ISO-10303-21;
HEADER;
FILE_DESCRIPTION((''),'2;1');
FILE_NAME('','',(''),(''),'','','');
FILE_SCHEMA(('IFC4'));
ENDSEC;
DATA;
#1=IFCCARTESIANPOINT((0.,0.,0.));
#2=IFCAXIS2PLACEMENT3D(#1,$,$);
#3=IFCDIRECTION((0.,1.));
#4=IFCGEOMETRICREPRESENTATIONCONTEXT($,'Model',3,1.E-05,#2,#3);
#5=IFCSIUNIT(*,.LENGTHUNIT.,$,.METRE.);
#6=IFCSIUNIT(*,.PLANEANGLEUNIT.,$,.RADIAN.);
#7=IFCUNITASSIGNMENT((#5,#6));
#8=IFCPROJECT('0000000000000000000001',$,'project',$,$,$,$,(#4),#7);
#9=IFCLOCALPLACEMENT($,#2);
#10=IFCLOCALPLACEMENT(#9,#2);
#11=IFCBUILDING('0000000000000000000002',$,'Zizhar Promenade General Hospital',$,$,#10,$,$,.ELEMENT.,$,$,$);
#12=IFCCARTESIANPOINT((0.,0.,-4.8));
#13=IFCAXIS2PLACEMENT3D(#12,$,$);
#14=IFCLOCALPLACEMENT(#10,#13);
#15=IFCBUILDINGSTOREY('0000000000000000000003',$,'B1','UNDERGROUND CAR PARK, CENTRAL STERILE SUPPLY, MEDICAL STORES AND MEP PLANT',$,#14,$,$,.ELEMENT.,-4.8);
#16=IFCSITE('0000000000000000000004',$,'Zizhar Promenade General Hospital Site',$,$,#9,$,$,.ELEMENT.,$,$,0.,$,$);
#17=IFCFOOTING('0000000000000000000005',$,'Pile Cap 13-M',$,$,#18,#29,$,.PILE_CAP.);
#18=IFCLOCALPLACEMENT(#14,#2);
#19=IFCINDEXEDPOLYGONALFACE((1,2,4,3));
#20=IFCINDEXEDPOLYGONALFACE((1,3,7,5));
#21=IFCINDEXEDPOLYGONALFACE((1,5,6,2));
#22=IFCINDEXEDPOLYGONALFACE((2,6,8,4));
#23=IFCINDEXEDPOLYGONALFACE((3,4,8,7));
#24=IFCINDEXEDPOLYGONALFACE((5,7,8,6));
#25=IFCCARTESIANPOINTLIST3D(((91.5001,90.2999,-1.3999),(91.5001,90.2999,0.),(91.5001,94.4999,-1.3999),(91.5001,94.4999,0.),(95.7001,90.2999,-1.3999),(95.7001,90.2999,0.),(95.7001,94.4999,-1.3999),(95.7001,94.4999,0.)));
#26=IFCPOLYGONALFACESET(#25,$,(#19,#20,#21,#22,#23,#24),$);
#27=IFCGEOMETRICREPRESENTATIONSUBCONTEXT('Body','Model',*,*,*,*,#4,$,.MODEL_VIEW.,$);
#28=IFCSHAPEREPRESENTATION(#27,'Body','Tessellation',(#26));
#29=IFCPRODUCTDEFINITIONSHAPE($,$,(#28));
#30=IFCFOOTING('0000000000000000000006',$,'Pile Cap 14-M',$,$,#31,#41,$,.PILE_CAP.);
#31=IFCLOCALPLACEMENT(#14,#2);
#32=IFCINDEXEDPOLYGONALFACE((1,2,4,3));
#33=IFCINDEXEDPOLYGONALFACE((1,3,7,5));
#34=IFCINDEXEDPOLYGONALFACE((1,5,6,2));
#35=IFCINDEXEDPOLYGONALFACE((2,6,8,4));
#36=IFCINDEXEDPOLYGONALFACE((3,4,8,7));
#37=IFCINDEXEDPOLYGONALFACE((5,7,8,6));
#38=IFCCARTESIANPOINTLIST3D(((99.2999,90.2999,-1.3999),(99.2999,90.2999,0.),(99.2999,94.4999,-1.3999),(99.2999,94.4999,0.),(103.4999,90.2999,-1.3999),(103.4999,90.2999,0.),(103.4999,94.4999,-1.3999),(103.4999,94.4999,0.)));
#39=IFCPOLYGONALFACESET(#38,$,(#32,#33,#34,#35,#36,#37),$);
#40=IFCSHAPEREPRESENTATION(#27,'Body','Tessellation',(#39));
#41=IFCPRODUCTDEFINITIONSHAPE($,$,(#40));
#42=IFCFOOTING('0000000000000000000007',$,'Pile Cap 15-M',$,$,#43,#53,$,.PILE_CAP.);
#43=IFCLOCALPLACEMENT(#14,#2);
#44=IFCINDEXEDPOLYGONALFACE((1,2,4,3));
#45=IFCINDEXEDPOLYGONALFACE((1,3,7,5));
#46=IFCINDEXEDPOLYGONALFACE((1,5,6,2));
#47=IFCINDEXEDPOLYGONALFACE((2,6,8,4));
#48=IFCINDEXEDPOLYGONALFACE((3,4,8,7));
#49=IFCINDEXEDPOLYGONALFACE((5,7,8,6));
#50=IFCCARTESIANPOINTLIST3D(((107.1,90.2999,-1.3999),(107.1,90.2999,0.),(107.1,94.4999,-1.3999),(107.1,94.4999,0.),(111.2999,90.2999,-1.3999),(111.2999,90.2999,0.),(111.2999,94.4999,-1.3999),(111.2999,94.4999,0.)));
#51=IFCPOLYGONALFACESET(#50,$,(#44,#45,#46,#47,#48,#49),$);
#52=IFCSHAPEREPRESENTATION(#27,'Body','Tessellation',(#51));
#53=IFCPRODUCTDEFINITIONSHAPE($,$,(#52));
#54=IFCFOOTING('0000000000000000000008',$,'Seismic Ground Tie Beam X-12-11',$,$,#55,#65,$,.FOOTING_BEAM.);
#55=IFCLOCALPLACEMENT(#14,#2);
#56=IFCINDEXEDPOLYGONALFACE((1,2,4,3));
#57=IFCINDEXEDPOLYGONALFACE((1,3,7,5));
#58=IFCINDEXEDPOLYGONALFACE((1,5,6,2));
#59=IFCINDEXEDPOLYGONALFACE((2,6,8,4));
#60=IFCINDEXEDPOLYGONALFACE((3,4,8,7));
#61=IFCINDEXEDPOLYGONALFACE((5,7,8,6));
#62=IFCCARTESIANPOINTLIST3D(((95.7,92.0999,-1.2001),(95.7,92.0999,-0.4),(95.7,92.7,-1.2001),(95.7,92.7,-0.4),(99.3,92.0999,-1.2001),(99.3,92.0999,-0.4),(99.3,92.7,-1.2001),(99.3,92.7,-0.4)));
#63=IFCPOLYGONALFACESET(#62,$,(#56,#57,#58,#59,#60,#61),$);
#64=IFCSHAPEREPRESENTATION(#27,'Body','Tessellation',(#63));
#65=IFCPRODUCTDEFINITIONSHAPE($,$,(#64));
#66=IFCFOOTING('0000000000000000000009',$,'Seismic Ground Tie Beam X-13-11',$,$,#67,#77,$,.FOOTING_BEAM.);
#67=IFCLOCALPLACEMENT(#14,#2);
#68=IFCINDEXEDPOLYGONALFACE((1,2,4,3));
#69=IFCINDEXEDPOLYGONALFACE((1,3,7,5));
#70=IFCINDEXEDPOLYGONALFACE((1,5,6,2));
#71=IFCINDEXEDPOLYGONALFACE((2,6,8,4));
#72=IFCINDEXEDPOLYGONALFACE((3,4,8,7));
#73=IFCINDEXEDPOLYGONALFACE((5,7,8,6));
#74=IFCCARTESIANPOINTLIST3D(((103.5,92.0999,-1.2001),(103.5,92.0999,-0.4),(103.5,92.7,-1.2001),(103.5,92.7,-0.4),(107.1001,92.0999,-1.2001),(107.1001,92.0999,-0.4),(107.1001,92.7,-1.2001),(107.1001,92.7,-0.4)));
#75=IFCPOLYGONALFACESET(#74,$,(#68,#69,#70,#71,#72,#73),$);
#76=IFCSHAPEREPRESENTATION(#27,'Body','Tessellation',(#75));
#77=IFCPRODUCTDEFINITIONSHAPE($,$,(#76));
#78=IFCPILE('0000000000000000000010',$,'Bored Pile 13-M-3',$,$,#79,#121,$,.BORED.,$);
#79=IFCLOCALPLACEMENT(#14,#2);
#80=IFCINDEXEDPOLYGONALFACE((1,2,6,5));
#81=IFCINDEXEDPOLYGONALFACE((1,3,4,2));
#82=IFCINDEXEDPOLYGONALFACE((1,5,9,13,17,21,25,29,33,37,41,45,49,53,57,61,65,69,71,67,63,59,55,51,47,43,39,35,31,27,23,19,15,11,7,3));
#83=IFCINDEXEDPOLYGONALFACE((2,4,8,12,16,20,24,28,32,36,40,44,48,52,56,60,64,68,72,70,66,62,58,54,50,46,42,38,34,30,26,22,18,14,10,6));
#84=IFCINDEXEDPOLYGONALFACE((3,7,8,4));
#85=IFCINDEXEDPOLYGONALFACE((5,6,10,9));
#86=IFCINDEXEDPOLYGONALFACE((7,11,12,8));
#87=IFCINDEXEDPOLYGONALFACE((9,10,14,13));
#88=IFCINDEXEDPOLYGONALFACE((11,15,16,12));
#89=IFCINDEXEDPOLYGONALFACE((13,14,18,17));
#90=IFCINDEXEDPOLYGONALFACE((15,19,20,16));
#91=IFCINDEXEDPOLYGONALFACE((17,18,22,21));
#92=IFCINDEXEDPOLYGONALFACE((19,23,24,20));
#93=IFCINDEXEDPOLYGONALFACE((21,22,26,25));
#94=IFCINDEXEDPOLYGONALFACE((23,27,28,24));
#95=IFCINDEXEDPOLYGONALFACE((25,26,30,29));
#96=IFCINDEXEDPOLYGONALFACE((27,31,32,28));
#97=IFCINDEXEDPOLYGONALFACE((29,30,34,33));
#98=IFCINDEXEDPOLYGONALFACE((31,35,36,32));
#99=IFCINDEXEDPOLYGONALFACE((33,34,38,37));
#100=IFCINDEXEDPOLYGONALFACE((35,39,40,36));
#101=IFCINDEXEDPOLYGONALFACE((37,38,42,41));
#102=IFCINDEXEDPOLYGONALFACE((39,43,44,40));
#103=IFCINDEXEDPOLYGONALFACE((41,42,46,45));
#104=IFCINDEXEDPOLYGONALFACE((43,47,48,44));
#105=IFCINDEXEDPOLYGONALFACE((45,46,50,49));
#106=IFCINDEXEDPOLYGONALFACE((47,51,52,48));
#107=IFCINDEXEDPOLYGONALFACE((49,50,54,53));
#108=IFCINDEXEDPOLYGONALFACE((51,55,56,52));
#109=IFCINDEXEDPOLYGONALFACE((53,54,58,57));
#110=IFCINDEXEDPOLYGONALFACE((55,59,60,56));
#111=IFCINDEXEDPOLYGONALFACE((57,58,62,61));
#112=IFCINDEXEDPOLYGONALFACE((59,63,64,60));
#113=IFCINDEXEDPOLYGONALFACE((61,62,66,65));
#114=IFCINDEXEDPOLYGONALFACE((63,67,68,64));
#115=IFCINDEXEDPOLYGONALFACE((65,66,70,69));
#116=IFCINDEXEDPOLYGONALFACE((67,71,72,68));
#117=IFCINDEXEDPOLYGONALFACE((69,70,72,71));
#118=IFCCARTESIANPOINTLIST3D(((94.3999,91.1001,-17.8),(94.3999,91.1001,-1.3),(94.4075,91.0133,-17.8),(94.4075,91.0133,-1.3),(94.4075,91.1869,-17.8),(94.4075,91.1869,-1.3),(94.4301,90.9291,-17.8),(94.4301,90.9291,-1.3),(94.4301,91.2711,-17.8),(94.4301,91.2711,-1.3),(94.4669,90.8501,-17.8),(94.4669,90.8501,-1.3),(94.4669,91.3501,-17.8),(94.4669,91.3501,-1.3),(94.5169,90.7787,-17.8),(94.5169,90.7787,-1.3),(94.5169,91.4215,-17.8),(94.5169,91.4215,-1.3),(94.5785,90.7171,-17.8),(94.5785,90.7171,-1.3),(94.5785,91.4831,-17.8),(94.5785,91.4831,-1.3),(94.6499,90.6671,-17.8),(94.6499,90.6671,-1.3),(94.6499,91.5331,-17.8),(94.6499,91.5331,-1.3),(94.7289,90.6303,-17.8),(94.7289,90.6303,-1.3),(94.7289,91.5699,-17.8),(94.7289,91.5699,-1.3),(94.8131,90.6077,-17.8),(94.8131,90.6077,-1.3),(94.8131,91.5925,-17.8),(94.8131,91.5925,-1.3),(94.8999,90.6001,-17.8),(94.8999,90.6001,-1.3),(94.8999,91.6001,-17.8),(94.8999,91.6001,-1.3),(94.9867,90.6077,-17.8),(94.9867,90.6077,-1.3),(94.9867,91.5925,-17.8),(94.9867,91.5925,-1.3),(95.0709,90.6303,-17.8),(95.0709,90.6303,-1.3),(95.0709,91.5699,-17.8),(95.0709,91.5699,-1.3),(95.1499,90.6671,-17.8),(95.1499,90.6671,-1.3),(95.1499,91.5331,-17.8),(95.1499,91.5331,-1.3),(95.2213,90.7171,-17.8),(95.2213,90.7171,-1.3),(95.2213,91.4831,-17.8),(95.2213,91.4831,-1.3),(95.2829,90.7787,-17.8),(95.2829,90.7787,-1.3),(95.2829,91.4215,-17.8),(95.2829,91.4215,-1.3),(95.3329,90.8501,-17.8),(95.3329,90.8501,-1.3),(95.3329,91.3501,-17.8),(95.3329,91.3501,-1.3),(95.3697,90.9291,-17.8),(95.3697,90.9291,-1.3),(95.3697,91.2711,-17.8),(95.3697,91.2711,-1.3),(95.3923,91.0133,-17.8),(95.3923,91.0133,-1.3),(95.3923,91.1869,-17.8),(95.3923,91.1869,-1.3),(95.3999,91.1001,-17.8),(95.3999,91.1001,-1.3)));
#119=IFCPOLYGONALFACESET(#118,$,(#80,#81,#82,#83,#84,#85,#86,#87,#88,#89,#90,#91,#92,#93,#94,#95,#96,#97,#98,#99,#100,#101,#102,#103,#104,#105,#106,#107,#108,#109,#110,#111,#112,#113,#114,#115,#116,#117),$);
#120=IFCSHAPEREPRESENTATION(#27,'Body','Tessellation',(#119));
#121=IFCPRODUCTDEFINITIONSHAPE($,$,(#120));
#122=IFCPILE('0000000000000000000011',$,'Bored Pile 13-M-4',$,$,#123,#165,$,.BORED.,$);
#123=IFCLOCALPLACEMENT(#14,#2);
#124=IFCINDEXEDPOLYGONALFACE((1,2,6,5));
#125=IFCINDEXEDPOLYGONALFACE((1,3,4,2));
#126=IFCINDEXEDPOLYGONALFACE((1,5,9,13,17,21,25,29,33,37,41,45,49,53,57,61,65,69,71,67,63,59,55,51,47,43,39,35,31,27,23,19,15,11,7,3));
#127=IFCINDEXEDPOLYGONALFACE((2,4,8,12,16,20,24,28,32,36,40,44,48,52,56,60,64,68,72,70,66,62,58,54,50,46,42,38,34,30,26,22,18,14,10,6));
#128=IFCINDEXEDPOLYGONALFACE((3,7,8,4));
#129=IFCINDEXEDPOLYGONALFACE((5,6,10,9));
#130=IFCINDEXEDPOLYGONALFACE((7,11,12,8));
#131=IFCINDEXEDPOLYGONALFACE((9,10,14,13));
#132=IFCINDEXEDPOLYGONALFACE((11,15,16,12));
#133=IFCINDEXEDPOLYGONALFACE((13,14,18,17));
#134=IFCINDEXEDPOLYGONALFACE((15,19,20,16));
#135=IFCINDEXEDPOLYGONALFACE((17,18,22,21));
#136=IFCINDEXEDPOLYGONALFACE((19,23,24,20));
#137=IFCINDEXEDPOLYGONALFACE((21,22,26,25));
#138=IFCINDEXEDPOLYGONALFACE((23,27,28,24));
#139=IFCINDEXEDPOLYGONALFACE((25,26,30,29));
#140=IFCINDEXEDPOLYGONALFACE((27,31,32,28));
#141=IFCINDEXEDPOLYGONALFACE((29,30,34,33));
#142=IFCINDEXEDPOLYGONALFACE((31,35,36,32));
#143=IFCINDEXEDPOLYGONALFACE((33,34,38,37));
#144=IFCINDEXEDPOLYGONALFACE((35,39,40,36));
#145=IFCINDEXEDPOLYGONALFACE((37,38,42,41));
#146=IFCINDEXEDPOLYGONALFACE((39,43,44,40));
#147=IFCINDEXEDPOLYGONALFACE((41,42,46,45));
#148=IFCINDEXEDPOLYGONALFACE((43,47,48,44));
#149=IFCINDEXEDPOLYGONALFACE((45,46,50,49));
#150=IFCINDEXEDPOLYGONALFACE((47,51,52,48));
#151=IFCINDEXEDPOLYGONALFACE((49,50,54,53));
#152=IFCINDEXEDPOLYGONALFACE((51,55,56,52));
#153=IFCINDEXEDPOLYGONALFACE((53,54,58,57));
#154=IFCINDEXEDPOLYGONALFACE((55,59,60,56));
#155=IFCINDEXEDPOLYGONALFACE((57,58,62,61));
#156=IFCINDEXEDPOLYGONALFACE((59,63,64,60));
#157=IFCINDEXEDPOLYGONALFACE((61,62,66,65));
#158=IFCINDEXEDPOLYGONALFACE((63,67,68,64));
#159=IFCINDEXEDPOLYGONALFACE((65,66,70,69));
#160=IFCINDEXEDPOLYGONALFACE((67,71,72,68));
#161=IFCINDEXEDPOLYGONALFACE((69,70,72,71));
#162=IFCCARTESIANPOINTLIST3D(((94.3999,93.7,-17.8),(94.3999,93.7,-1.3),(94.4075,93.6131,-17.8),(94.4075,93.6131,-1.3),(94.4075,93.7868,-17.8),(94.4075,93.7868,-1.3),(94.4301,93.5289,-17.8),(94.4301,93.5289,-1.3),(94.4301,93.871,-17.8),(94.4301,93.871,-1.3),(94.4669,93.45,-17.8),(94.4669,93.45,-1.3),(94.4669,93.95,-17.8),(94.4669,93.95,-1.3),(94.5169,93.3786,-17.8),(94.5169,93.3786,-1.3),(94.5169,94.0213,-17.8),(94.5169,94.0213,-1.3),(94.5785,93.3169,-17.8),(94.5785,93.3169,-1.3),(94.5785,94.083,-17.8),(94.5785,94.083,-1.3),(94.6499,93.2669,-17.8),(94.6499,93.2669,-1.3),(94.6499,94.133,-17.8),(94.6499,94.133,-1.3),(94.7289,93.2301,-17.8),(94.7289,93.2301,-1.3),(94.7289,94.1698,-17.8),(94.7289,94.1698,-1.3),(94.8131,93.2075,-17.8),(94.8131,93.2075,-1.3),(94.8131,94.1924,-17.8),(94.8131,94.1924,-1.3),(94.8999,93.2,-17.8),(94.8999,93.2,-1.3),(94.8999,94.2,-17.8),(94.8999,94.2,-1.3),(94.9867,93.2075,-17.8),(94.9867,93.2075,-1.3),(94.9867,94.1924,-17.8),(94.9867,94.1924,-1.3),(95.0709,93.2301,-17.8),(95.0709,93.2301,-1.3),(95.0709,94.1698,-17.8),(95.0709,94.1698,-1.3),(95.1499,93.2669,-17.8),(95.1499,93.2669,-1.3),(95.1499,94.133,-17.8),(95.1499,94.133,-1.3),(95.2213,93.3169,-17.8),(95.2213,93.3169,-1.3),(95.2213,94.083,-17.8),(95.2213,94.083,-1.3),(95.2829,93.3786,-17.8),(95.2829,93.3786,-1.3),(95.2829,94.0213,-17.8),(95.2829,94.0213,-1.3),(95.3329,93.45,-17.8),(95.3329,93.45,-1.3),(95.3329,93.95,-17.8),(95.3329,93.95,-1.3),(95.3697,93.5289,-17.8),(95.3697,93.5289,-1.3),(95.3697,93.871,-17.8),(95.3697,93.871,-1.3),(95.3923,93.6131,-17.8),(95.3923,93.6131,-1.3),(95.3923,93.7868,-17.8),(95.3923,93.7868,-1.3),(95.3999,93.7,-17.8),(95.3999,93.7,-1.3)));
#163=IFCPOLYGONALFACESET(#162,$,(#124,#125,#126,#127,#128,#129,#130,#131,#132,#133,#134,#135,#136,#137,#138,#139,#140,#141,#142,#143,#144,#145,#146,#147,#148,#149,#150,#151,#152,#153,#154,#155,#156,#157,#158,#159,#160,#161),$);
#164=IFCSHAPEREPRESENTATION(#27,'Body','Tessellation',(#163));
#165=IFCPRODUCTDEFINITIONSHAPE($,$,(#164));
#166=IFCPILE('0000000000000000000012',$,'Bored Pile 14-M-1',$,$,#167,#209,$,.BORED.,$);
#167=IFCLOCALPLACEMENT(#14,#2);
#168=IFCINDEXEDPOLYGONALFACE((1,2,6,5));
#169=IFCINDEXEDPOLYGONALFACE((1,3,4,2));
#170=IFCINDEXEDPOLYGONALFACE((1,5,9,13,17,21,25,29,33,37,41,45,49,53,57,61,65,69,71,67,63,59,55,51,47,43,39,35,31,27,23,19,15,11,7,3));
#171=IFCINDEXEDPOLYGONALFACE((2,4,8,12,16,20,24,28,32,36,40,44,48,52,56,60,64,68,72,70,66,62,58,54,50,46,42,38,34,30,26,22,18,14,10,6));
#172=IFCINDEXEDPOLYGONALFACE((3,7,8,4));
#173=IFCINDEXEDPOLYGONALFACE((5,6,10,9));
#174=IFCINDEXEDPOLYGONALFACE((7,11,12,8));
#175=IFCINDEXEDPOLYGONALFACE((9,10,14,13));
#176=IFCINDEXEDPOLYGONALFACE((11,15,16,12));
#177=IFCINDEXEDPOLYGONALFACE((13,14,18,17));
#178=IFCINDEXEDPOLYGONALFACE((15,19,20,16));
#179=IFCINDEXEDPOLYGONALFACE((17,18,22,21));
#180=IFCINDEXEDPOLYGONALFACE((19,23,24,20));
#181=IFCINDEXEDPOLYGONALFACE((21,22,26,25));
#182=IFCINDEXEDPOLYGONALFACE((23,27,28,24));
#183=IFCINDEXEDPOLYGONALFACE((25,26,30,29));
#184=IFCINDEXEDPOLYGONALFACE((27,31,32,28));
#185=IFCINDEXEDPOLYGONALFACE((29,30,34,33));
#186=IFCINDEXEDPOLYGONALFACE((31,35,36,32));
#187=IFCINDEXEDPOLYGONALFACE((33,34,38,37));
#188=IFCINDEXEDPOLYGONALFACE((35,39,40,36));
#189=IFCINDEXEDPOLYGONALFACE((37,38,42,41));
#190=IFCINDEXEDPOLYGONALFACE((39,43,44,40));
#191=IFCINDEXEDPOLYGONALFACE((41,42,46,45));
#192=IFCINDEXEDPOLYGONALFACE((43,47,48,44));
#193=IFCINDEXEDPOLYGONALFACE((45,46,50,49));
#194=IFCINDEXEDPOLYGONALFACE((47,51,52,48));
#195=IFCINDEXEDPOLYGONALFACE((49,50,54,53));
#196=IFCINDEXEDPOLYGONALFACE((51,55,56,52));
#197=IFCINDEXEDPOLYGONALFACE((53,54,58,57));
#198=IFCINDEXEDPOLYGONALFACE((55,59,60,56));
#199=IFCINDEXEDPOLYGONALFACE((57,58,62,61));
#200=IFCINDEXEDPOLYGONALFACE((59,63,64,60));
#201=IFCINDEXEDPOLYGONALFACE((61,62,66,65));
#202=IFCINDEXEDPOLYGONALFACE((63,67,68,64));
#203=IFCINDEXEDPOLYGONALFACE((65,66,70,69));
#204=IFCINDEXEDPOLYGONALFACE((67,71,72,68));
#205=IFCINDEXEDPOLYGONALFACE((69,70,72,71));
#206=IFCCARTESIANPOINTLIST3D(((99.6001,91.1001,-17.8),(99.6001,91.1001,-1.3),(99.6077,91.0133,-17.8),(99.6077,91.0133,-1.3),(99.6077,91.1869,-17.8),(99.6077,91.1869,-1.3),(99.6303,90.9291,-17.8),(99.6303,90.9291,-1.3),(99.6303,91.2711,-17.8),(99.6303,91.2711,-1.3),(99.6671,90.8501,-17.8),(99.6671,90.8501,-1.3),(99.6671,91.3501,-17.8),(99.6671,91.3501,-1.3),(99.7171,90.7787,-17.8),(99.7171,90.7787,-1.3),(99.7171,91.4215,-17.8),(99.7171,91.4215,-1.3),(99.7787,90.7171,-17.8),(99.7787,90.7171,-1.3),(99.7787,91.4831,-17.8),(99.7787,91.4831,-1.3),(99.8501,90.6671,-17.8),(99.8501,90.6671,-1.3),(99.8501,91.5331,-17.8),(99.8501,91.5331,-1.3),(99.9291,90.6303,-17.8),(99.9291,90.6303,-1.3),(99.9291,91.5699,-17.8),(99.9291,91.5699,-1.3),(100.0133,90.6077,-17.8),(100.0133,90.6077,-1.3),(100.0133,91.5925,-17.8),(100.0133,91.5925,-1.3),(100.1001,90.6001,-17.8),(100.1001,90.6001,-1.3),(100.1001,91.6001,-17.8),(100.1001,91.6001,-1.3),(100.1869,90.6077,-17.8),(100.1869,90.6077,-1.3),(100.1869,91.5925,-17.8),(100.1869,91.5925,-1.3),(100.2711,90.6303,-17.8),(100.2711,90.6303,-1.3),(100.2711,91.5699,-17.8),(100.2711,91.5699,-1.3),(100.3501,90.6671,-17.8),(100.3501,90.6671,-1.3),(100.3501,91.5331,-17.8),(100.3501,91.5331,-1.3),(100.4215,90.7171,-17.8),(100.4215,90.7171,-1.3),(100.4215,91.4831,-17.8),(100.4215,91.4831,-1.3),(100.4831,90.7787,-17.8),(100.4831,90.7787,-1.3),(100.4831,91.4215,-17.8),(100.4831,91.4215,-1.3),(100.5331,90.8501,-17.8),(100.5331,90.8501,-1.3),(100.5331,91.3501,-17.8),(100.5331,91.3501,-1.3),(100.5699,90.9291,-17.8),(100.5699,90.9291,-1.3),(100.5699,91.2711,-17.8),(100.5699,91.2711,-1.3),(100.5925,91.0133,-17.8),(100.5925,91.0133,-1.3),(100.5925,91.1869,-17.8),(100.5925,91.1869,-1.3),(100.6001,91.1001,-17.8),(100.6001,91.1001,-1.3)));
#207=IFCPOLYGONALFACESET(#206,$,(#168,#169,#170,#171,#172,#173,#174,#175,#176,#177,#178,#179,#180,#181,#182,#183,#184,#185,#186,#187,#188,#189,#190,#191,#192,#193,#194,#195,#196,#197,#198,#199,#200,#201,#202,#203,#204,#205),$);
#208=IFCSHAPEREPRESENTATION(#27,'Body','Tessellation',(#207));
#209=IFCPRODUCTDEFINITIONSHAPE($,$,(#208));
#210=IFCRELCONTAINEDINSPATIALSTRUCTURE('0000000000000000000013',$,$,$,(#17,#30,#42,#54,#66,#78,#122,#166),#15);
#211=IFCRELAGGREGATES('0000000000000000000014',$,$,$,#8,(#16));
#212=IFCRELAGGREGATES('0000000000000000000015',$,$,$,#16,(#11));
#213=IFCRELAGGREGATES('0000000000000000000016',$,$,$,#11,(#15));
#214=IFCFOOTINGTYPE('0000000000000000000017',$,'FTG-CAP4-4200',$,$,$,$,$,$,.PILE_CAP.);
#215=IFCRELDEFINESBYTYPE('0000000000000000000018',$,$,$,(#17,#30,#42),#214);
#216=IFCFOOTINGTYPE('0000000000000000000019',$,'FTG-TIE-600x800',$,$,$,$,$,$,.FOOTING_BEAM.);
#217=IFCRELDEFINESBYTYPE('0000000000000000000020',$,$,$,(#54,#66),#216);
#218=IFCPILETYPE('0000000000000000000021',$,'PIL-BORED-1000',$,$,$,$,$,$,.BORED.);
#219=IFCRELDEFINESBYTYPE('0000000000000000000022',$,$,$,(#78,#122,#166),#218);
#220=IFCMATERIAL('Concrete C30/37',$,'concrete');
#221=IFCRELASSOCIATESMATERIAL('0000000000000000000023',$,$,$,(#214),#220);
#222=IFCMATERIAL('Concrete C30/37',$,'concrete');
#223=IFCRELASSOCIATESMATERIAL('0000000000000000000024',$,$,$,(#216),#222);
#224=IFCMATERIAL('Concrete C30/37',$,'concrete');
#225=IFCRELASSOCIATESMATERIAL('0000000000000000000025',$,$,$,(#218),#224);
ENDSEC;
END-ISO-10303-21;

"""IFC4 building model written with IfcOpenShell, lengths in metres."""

from ifc_helpers import new_model, si_unit, direction, frame, origin, origin_2d, place, context, subcontext, project, spatial, rectangle, circle, extrude, material, material_profile, profile_set, type_object, element, save


model = new_model("IFC4")

# Units and contexts
model_context = context("Model", 3, precision=1e-05, world=origin(), true_north=direction((0.0, 1.0)))
body_context = subcontext(model_context, "Body", "Model", "MODEL_VIEW")
ifc_project = project(units=[si_unit("LENGTHUNIT", "METRE"), si_unit("PLANEANGLEUNIT", "RADIAN")], contexts=[model_context])

# Site, building, storey
site_placement = place(None, origin())
site = spatial("IfcSite", under=ifc_project, at=site_placement, Name="Zizhar Promenade General Hospital Site", CompositionType="ELEMENT", RefElevation=0.0)
building_placement = place(site_placement, origin())
building = spatial("IfcBuilding", under=site, at=building_placement, Name="Zizhar Promenade General Hospital", CompositionType="ELEMENT")
storey_placement = place(building_placement, frame((0.0, 0.0, -4.8)))
storey = spatial("IfcBuildingStorey", under=building, at=storey_placement, Name="B1", Description="UNDERGROUND CAR PARK, CENTRAL STERILE SUPPLY, MEDICAL STORES AND MEP PLANT", CompositionType="ELEMENT", Elevation=-4.8)

# Footings
ifc_material_1 = material(Name="Concrete C30/37", Category="concrete")
footing_type_1 = type_object("IfcFootingType", Name="FTG-CAP4-4200", PredefinedType="PILE_CAP", material=ifc_material_1)
for number, where, z_axis, x_axis, name in (
    (1, (93.6001, 92.3999, -1.3999), (0.0, 0.0, 1.0), (1.0, 0.0, 0.0), "Pile Cap 13-M"),
    (2, (101.3999, 92.3999, -1.3999), (0.0, 0.0, 1.0), (1.0, 0.0, 0.0), "Pile Cap 14-M"),
    (3, (109.2, 92.3999, -1.3999), (0.0, 0.0, 1.0), (1.0, 0.0, 0.0), "Pile Cap 15-M"),
):
    element("IfcFooting", number, at=place(storey_placement, frame(where, z_axis=z_axis, x_axis=x_axis)), inside=storey, type_object=footing_type_1, Name=name, PredefinedType="PILE_CAP", context=body_context, shape_type="SweptSolid", body=[
        extrude(rectangle(XDim=4.2, YDim=4.2, at=origin_2d()), origin(), (0.0, 0.0, 1.0), 1.3999),
    ])
ifc_material_2 = material(Name="Concrete C30/37", Category="concrete")
ifc_material_profile_1 = material_profile(ifc_material_2, rectangle(XDim=0.6001, YDim=0.8, at=origin_2d()))
ifc_profile_set_1 = profile_set([ifc_material_profile_1], Name="Concrete C30/37")
footing_type_2 = type_object("IfcFootingType", Name="FTG-TIE-600x800", PredefinedType="FOOTING_BEAM", material=ifc_profile_set_1)
for number, where, z_axis, x_axis, name in (
    (4, (95.7, 92.3999, -0.8), (1.0, 0.0, 0.0), (0.0, 1.0, 0.0), "Seismic Ground Tie Beam X-12-11"),
    (5, (103.5, 92.3999, -0.8), (1.0, 0.0, 0.0), (0.0, 1.0, 0.0), "Seismic Ground Tie Beam X-13-11"),
):
    element("IfcFooting", number, at=place(storey_placement, frame(where, z_axis=z_axis, x_axis=x_axis)), inside=storey, type_object=footing_type_2, Name=name, PredefinedType="FOOTING_BEAM", context=body_context, shape_type="SweptSolid", body=[
        extrude(rectangle(XDim=0.6001, YDim=0.8, at=origin_2d()), origin(), (0.0, 0.0, 1.0), 3.6001),
    ])

# Piles
ifc_material_3 = material(Name="Concrete C30/37", Category="concrete")
ifc_material_profile_2 = material_profile(ifc_material_3, circle(Radius=0.5, at=origin_2d()))
ifc_profile_set_2 = profile_set([ifc_material_profile_2], Name="Concrete C30/37")
pile_type = type_object("IfcPileType", Name="PIL-BORED-1000", PredefinedType="BORED", material=ifc_profile_set_2)
for number, where, z_axis, x_axis, name in (
    (6, (94.8999, 91.1001, -1.3), (0.0, 0.0, -1.0), (1.0, 0.0, 0.0), "Bored Pile 13-M-3"),
    (7, (94.8999, 93.7, -1.3), (0.0, 0.0, -1.0), (1.0, 0.0, 0.0), "Bored Pile 13-M-4"),
    (8, (100.1001, 91.1001, -1.3), (0.0, 0.0, -1.0), (1.0, 0.0, 0.0), "Bored Pile 14-M-1"),
):
    element("IfcPile", number, at=place(storey_placement, frame(where, z_axis=z_axis, x_axis=x_axis)), inside=storey, type_object=pile_type, Name=name, PredefinedType="BORED", context=body_context, shape_type="SweptSolid", body=[
        extrude(circle(Radius=0.5, at=origin_2d()), origin(), (0.0, 0.0, 1.0), 16.5),
    ])

save(model, "model.ifc")
